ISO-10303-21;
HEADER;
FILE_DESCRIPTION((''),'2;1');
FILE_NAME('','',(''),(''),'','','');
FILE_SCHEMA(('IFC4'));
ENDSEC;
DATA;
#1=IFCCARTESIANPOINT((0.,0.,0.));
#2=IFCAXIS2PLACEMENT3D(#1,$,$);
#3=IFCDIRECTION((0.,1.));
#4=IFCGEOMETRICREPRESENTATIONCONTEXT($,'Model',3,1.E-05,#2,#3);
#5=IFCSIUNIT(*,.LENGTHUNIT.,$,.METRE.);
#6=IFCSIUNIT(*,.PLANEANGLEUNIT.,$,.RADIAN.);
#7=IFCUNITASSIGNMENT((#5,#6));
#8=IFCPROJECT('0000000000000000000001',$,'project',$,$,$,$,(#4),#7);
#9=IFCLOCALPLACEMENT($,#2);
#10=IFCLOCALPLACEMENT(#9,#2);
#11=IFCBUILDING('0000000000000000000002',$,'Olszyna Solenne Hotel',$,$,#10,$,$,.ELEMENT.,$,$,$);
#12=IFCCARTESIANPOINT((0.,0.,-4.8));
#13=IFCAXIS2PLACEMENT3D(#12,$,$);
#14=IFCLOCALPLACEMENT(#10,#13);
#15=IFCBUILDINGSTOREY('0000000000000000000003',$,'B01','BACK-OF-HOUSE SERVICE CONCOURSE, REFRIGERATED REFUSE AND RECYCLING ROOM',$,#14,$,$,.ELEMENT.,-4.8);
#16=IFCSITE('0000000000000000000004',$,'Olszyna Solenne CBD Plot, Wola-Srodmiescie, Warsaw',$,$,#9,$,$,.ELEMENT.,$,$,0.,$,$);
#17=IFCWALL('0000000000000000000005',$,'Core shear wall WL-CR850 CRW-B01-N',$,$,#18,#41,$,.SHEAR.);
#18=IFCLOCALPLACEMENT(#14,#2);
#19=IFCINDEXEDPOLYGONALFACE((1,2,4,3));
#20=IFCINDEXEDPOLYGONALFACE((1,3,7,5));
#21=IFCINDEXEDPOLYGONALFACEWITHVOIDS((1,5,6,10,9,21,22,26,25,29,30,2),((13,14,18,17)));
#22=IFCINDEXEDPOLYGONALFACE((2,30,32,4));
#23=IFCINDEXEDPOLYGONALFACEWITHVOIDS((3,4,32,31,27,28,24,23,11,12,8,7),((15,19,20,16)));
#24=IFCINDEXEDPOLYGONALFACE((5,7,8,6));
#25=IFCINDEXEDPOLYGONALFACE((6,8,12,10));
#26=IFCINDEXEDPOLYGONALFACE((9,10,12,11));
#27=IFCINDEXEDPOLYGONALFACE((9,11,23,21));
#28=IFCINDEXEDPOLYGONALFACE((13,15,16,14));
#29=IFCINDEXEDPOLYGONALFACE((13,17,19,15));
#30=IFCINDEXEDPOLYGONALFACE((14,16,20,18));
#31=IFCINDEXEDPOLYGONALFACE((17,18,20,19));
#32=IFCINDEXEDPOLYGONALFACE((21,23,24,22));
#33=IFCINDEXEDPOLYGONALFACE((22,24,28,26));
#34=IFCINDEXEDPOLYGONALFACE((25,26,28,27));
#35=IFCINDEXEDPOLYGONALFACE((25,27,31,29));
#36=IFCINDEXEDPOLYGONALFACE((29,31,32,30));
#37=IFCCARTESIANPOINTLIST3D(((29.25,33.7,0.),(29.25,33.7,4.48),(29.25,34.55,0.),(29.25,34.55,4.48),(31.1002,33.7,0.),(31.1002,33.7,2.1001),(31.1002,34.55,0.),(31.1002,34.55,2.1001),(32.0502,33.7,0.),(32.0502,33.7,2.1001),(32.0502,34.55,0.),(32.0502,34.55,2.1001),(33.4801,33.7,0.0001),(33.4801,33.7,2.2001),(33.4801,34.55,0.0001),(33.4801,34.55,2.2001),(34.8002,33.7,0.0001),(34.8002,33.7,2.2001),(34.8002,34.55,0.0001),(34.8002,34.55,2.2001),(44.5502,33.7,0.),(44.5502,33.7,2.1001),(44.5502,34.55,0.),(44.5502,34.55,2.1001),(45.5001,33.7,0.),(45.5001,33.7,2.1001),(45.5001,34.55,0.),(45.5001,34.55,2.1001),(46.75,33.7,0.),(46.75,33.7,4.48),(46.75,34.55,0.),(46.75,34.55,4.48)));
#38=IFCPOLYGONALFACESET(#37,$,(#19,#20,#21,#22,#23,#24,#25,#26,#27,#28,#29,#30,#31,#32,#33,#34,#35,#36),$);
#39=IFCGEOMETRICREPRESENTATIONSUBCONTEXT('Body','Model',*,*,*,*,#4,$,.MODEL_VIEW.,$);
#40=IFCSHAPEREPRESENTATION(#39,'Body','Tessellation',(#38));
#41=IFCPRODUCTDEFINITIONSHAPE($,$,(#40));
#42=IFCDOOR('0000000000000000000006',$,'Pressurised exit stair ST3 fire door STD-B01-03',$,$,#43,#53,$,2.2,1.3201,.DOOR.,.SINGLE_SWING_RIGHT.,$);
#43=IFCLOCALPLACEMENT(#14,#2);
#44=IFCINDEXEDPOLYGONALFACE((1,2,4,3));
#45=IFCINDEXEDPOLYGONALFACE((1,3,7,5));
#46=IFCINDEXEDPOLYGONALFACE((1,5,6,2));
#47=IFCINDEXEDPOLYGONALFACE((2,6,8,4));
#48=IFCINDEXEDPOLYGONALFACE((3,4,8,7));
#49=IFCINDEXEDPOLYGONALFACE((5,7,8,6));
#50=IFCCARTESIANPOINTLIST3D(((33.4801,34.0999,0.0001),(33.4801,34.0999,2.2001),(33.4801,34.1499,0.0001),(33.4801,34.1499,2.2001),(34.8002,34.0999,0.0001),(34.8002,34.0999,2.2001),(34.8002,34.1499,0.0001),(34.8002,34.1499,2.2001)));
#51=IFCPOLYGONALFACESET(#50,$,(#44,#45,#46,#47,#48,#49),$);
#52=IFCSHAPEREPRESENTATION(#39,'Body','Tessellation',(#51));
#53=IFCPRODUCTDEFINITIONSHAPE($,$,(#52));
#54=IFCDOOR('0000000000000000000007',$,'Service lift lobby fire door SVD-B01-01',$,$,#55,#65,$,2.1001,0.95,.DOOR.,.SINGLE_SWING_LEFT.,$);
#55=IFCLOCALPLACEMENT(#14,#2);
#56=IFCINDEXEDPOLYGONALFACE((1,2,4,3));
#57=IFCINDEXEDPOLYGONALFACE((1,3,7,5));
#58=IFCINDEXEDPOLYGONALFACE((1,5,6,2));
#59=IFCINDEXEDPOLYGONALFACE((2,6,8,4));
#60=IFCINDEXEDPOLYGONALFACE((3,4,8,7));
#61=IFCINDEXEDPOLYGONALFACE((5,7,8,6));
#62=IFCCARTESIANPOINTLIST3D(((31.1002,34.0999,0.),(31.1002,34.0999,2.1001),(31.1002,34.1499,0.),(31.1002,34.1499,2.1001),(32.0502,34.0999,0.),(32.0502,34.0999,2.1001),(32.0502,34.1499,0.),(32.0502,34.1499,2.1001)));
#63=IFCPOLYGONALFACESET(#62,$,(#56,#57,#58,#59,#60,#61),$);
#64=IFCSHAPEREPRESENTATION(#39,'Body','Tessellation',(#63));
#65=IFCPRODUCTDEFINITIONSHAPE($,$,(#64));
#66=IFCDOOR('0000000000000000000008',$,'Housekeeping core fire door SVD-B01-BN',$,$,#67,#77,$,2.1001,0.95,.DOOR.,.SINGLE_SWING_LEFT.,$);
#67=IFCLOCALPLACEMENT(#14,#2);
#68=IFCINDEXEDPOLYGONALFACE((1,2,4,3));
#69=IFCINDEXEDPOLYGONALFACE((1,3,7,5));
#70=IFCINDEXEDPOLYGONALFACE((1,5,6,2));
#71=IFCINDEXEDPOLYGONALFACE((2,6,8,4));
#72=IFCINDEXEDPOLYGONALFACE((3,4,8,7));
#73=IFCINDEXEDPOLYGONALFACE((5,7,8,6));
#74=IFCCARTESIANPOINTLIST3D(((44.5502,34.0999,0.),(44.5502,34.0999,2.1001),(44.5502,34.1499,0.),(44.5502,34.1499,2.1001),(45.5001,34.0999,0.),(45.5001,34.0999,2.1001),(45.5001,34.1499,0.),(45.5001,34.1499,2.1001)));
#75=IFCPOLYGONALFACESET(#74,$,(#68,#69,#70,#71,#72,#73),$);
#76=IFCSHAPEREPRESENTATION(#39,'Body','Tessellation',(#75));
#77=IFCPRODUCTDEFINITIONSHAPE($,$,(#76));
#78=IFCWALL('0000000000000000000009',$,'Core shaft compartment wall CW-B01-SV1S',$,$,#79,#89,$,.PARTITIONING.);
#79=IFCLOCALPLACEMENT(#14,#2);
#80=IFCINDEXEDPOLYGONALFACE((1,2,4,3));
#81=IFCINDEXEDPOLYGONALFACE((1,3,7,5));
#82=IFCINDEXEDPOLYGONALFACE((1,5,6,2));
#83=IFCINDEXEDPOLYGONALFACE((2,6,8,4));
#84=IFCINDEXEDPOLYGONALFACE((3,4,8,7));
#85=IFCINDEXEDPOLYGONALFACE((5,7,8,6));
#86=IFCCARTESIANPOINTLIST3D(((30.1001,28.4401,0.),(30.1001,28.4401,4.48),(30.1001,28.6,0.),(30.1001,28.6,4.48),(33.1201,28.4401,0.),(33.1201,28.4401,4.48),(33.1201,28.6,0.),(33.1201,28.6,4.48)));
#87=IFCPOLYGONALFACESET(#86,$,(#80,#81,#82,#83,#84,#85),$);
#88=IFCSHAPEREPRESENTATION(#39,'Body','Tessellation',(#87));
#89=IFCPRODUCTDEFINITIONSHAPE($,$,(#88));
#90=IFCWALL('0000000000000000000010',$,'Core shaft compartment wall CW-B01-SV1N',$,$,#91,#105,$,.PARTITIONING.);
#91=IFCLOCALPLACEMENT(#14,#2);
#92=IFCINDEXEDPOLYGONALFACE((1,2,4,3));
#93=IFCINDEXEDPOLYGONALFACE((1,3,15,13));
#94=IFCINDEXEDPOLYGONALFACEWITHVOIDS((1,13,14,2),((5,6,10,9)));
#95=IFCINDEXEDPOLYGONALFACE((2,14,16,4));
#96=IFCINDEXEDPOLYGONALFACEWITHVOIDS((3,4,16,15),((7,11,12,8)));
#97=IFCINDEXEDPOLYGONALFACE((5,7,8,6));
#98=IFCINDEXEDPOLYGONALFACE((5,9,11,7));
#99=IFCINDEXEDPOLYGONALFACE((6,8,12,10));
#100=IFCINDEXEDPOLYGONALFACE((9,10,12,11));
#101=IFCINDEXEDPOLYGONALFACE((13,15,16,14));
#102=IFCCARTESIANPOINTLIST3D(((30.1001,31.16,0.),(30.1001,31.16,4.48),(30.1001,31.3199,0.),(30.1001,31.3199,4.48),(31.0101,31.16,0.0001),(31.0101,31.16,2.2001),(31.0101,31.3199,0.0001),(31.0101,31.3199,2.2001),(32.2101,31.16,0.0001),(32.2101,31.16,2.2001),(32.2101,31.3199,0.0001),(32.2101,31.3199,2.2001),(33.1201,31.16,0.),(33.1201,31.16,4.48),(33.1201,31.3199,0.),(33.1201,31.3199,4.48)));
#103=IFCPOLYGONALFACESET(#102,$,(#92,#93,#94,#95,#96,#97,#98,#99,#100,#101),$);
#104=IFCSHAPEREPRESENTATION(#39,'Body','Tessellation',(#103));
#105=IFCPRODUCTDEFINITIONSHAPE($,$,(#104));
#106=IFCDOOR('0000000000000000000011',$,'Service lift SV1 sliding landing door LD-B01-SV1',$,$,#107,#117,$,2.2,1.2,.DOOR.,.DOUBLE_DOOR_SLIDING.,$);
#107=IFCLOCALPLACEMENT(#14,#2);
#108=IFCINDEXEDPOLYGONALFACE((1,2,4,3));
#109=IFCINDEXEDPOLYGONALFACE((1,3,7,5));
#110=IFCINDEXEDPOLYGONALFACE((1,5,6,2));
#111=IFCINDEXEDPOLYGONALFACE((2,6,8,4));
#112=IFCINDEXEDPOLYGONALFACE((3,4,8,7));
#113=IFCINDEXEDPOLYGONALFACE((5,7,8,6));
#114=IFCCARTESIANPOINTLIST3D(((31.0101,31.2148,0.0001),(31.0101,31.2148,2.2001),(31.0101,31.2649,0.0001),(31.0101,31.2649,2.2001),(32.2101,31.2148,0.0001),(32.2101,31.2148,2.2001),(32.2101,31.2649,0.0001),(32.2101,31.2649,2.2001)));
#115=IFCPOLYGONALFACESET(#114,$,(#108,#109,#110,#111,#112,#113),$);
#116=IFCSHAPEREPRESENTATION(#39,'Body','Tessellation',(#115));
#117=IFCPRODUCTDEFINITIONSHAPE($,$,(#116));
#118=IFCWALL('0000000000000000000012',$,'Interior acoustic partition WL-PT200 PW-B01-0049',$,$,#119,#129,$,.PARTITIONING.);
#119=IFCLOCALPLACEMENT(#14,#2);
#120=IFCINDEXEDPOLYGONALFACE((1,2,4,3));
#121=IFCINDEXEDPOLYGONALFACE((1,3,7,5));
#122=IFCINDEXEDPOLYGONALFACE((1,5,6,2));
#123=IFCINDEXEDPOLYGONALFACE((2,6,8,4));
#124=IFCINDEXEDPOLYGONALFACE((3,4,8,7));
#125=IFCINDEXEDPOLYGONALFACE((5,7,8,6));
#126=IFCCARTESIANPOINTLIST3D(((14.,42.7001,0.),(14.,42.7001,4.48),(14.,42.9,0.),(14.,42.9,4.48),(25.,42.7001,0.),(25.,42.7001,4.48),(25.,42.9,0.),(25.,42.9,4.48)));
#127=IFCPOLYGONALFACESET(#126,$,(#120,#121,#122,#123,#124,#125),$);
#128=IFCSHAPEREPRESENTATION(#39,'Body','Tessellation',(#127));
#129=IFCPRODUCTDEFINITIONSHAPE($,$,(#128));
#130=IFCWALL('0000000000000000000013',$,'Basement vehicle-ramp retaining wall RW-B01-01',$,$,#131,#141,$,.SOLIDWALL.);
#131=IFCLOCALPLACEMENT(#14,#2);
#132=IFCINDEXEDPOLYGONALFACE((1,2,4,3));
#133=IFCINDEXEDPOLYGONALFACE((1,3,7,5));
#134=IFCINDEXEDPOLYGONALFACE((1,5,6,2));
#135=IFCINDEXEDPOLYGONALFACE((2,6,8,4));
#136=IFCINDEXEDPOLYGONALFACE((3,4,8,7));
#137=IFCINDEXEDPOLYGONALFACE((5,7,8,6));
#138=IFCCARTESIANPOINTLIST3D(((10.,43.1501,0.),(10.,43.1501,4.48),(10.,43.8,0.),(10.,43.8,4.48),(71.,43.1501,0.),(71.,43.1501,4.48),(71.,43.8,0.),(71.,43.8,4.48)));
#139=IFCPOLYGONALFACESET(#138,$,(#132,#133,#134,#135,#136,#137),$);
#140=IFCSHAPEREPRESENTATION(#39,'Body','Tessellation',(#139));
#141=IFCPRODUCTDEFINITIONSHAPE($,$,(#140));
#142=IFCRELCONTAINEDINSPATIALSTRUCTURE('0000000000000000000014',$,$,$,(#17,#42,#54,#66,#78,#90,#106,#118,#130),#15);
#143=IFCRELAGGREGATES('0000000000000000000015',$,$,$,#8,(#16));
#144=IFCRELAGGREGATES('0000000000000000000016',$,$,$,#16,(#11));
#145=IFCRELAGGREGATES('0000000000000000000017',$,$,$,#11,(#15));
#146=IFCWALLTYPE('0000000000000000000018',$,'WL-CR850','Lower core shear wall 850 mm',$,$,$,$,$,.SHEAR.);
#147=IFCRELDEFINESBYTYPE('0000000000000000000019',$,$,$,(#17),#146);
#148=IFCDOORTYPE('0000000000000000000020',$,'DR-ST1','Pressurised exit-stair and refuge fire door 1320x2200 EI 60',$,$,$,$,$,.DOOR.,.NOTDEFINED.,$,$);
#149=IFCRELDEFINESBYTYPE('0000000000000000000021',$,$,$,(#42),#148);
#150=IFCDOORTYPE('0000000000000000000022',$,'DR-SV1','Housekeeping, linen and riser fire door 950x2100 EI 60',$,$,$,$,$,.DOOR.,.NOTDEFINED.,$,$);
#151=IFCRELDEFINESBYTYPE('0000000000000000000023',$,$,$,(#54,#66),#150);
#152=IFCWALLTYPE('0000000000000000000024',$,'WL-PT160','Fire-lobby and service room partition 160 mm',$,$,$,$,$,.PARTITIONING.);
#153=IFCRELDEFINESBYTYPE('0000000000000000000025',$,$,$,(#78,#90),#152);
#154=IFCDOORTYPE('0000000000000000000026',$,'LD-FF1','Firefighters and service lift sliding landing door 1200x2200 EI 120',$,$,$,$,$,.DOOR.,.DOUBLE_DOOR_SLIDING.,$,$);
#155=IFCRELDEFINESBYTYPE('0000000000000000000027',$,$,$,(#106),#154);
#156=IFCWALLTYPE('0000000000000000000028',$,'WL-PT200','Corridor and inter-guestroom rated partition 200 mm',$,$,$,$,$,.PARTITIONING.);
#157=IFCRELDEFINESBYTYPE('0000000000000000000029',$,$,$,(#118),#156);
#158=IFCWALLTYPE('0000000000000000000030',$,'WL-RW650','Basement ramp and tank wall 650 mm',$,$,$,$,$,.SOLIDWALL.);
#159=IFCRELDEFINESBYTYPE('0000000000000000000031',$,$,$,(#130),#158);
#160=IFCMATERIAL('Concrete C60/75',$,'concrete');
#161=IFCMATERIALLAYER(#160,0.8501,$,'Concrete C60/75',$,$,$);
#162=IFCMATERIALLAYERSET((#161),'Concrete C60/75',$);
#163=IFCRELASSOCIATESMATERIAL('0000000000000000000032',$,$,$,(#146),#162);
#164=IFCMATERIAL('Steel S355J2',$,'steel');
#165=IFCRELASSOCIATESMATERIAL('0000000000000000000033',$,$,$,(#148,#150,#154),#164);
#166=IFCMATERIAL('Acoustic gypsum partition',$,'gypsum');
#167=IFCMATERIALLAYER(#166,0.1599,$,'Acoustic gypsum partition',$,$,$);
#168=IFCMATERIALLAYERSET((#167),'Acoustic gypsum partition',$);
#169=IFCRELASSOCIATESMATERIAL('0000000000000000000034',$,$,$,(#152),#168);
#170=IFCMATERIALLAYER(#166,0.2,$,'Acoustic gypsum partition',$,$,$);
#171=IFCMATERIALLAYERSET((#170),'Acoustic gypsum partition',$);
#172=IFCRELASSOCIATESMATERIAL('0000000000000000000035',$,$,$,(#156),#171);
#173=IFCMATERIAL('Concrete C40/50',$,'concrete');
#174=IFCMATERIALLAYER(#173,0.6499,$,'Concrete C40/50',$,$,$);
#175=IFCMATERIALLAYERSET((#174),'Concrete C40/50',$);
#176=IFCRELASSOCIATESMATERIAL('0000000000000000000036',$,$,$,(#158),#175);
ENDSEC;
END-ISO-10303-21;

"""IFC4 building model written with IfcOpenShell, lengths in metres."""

from ifc_helpers import new_model, si_unit, direction, frame, frame_2d, origin, place, context, subcontext, project, spatial, rectangle, extrude, source, transform, mapped, material, layer, layer_set, type_object, type_shapes, element, fill, save


model = new_model("IFC4")

# Units and contexts
model_context = context("Model", 3, precision=1e-05, world=origin(), true_north=direction((0.0, 1.0)))
body_context = subcontext(model_context, "Body", "Model", "MODEL_VIEW")
ifc_project = project(units=[si_unit("LENGTHUNIT", "METRE"), si_unit("PLANEANGLEUNIT", "RADIAN")], contexts=[model_context])

# Site, building, storey
site_placement = place(None, origin())
site = spatial("IfcSite", under=ifc_project, at=site_placement, Name="Olszyna Solenne CBD Plot, Wola-Srodmiescie, Warsaw", CompositionType="ELEMENT", RefElevation=0.0)
building_placement = place(site_placement, origin())
building = spatial("IfcBuilding", under=site, at=building_placement, Name="Olszyna Solenne Hotel", CompositionType="ELEMENT")
storey_placement = place(building_placement, frame((0.0, 0.0, -4.8)))
storey = spatial("IfcBuildingStorey", under=building, at=storey_placement, Name="B01", Description="BACK-OF-HOUSE SERVICE CONCOURSE, REFRIGERATED REFUSE AND RECYCLING ROOM", CompositionType="ELEMENT", Elevation=-4.8)

# Shared definitions
ifc_material_1 = material(Name="Concrete C60/75", Category="concrete")

# Shared definitions
ifc_material_2 = material(Name="Steel S355J2", Category="steel")

# Wall, openings, doors
ifc_layer_1 = layer(ifc_material_1, 0.8501, Name="Concrete C60/75")
ifc_layer_set_1 = layer_set([ifc_layer_1], Name="Concrete C60/75")
wall_type_1 = type_object("IfcWallType", Name="WL-CR850", Description="Lower core shear wall 850 mm", PredefinedType="SHEAR", material=ifc_layer_set_1)
wall_1_placement = place(storey_placement, frame((29.25, 34.125, 0.0), z_axis=(0.0, 0.0, 1.0), x_axis=(1.0, 0.0, 0.0)))
wall_1 = element("IfcWall", 1, at=wall_1_placement, inside=storey, type_object=wall_type_1, Name="Core shear wall WL-CR850 CRW-B01-N", PredefinedType="SHEAR", context=body_context, shape_type="SweptSolid", body=[
    extrude(rectangle(XDim=17.5, YDim=0.8501, at=frame_2d((8.75, 0.0))), origin(), (0.0, 0.0, 1.0), 4.48),
])
opening_1_placement = place(wall_1_placement, frame((1.8501, 0.0, 0.0)))
opening_1 = element("IfcOpeningElement", 2, at=opening_1_placement, cuts=wall_1, PredefinedType="OPENING", context=body_context, shape_type="SweptSolid", body=[
    extrude(rectangle(XDim=0.95, YDim=2.1001, at=frame_2d((0.4751, 1.05))), frame((0.0, 0.4351, 0.0), z_axis=(0.0, -1.0, 0.0), x_axis=(1.0, 0.0, 0.0)), (0.0, 0.0, 1.0), 0.8701),
])
opening_2_placement = place(wall_1_placement, frame((4.23, 0.0, 0.0)))
opening_2 = element("IfcOpeningElement", 3, at=opening_2_placement, cuts=wall_1, PredefinedType="OPENING", context=body_context, shape_type="SweptSolid", body=[
    extrude(rectangle(XDim=1.3201, YDim=2.2, at=frame_2d((0.6602, 1.1001))), frame((0.0, 0.4351, 0.0), z_axis=(0.0, -1.0, 0.0), x_axis=(1.0, 0.0, 0.0)), (0.0, 0.0, 1.0), 0.8701),
])
opening_3_placement = place(wall_1_placement, frame((15.3, 0.0, 0.0)))
opening_3 = element("IfcOpeningElement", 4, at=opening_3_placement, cuts=wall_1, PredefinedType="OPENING", context=body_context, shape_type="SweptSolid", body=[
    extrude(rectangle(XDim=0.95, YDim=2.1001, at=frame_2d((0.4751, 1.05))), frame((0.0, 0.4351, 0.0), z_axis=(0.0, -1.0, 0.0), x_axis=(1.0, 0.0, 0.0)), (0.0, 0.0, 1.0), 0.8701),
])
door_type_1 = type_object("IfcDoorType", Name="DR-ST1", Description="Pressurised exit-stair and refuge fire door 1320x2200 EI 60", OperationType="NOTDEFINED", PredefinedType="DOOR", material=ifc_material_2)
shared_shape_1 = source(origin(), body_context, "Body", "SweptSolid", [
    extrude(rectangle(XDim=1.3201, YDim=2.2, at=frame_2d((0.6602, 1.1001))), frame((0.0, 0.0249, 0.0), z_axis=(0.0, -1.0, 0.0), x_axis=(1.0, 0.0, 0.0)), (0.0, 0.0, 1.0), 0.05),
])
type_shapes(door_type_1, [shared_shape_1])
door_1_placement = place(opening_2_placement, origin())
door_1 = element("IfcDoor", 5, at=door_1_placement, inside=storey, type_object=door_type_1, Name="Pressurised exit stair ST3 fire door STD-B01-03", OperationType="SINGLE_SWING_RIGHT", OverallHeight=2.2, OverallWidth=1.3201, PredefinedType="DOOR", context=body_context, shape_type="MappedRepresentation", body=[
    mapped(shared_shape_1, transform((0.0, 0.0, 0.0), x_axis=(1.0, 0.0, 0.0), y_axis=(0.0, 1.0, 0.0), z_axis=(0.0, 0.0, 1.0), scale=1.0)),
])
fill(opening_2, door_1)
door_type_2 = type_object("IfcDoorType", Name="DR-SV1", Description="Housekeeping, linen and riser fire door 950x2100 EI 60", OperationType="NOTDEFINED", PredefinedType="DOOR", material=ifc_material_2)
shared_shape_2 = source(origin(), body_context, "Body", "SweptSolid", [
    extrude(rectangle(XDim=0.95, YDim=2.1001, at=frame_2d((0.4751, 1.05))), frame((0.0, 0.0249, 0.0), z_axis=(0.0, -1.0, 0.0), x_axis=(1.0, 0.0, 0.0)), (0.0, 0.0, 1.0), 0.05),
])
type_shapes(door_type_2, [shared_shape_2])
door_2_placement = place(opening_1_placement, origin())
door_2 = element("IfcDoor", 6, at=door_2_placement, inside=storey, type_object=door_type_2, Name="Service lift lobby fire door SVD-B01-01", OperationType="SINGLE_SWING_LEFT", OverallHeight=2.1001, OverallWidth=0.95, PredefinedType="DOOR", context=body_context, shape_type="MappedRepresentation", body=[
    mapped(shared_shape_2, transform((0.0, 0.0, 0.0), x_axis=(1.0, 0.0, 0.0), y_axis=(0.0, 1.0, 0.0), z_axis=(0.0, 0.0, 1.0), scale=1.0)),
])
fill(opening_1, door_2)
door_3_placement = place(opening_3_placement, origin())
door_3 = element("IfcDoor", 7, at=door_3_placement, inside=storey, type_object=door_type_2, Name="Housekeeping core fire door SVD-B01-BN", OperationType="SINGLE_SWING_LEFT", OverallHeight=2.1001, OverallWidth=0.95, PredefinedType="DOOR", context=body_context, shape_type="MappedRepresentation", body=[
    mapped(shared_shape_2, transform((0.0, 0.0, 0.0), x_axis=(1.0, 0.0, 0.0), y_axis=(0.0, 1.0, 0.0), z_axis=(0.0, 0.0, 1.0), scale=1.0)),
])
fill(opening_3, door_3)

# Wall
ifc_material_3 = material(Name="Acoustic gypsum partition", Category="gypsum")
ifc_layer_2 = layer(ifc_material_3, 0.1599, Name="Acoustic gypsum partition")
ifc_layer_set_2 = layer_set([ifc_layer_2], Name="Acoustic gypsum partition")
wall_type_2 = type_object("IfcWallType", Name="WL-PT160", Description="Fire-lobby and service room partition 160 mm", PredefinedType="PARTITIONING", material=ifc_layer_set_2)
wall_2_placement = place(storey_placement, frame((30.1001, 28.52, 0.0), z_axis=(0.0, 0.0, 1.0), x_axis=(1.0, 0.0, 0.0)))
element("IfcWall", 8, at=wall_2_placement, inside=storey, type_object=wall_type_2, Name="Core shaft compartment wall CW-B01-SV1S", PredefinedType="PARTITIONING", context=body_context, shape_type="SweptSolid", body=[
    extrude(rectangle(XDim=3.02, YDim=0.1599, at=frame_2d((1.51, 0.0))), origin(), (0.0, 0.0, 1.0), 4.48),
])

# Wall, opening, door
wall_3_placement = place(storey_placement, frame((30.1001, 31.24, 0.0), z_axis=(0.0, 0.0, 1.0), x_axis=(1.0, 0.0, 0.0)))
wall_3 = element("IfcWall", 9, at=wall_3_placement, inside=storey, type_object=wall_type_2, Name="Core shaft compartment wall CW-B01-SV1N", PredefinedType="PARTITIONING", context=body_context, shape_type="SweptSolid", body=[
    extrude(rectangle(XDim=3.02, YDim=0.1599, at=frame_2d((1.51, 0.0))), origin(), (0.0, 0.0, 1.0), 4.48),
])
opening_4_placement = place(wall_3_placement, frame((0.9099, 0.0, 0.0)))
opening_4 = element("IfcOpeningElement", 10, at=opening_4_placement, cuts=wall_3, PredefinedType="OPENING", context=body_context, shape_type="SweptSolid", body=[
    extrude(rectangle(XDim=1.2, YDim=2.2, at=frame_2d((0.6001, 1.1001))), frame((0.0, 0.0898, 0.0), z_axis=(0.0, -1.0, 0.0), x_axis=(1.0, 0.0, 0.0)), (0.0, 0.0, 1.0), 0.1799),
])
door_type_3 = type_object("IfcDoorType", Name="LD-FF1", Description="Firefighters and service lift sliding landing door 1200x2200 EI 120", OperationType="DOUBLE_DOOR_SLIDING", PredefinedType="DOOR", material=ifc_material_2)
shared_shape_3 = source(origin(), body_context, "Body", "SweptSolid", [
    extrude(rectangle(XDim=1.2, YDim=2.2, at=frame_2d((0.6001, 1.1001))), frame((0.0, 0.0249, 0.0), z_axis=(0.0, -1.0, 0.0), x_axis=(1.0, 0.0, 0.0)), (0.0, 0.0, 1.0), 0.05),
])
type_shapes(door_type_3, [shared_shape_3])
door_4_placement = place(opening_4_placement, origin())
door_4 = element("IfcDoor", 11, at=door_4_placement, inside=storey, type_object=door_type_3, Name="Service lift SV1 sliding landing door LD-B01-SV1", OperationType="DOUBLE_DOOR_SLIDING", OverallHeight=2.2, OverallWidth=1.2, PredefinedType="DOOR", context=body_context, shape_type="MappedRepresentation", body=[
    mapped(shared_shape_3, transform((0.0, 0.0, 0.0), x_axis=(1.0, 0.0, 0.0), y_axis=(0.0, 1.0, 0.0), z_axis=(0.0, 0.0, 1.0), scale=1.0)),
])
fill(opening_4, door_4)

# Walls
ifc_layer_3 = layer(ifc_material_3, 0.2, Name="Acoustic gypsum partition")
ifc_layer_set_3 = layer_set([ifc_layer_3], Name="Acoustic gypsum partition")
wall_type_3 = type_object("IfcWallType", Name="WL-PT200", Description="Corridor and inter-guestroom rated partition 200 mm", PredefinedType="PARTITIONING", material=ifc_layer_set_3)
wall_4_placement = place(storey_placement, frame((14.0, 42.8, 0.0), z_axis=(0.0, 0.0, 1.0), x_axis=(1.0, 0.0, 0.0)))
element("IfcWall", 12, at=wall_4_placement, inside=storey, type_object=wall_type_3, Name="Interior acoustic partition WL-PT200 PW-B01-0049", PredefinedType="PARTITIONING", context=body_context, shape_type="SweptSolid", body=[
    extrude(rectangle(XDim=11.0, YDim=0.2, at=frame_2d((5.5, 0.0))), origin(), (0.0, 0.0, 1.0), 4.48),
])
ifc_material_4 = material(Name="Concrete C40/50", Category="concrete")
ifc_layer_4 = layer(ifc_material_4, 0.6499, Name="Concrete C40/50")
ifc_layer_set_4 = layer_set([ifc_layer_4], Name="Concrete C40/50")
wall_type_4 = type_object("IfcWallType", Name="WL-RW650", Description="Basement ramp and tank wall 650 mm", PredefinedType="SOLIDWALL", material=ifc_layer_set_4)
wall_5_placement = place(storey_placement, frame((10.0, 43.4751, 0.0), z_axis=(0.0, 0.0, 1.0), x_axis=(1.0, 0.0, 0.0)))
element("IfcWall", 13, at=wall_5_placement, inside=storey, type_object=wall_type_4, Name="Basement vehicle-ramp retaining wall RW-B01-01", PredefinedType="SOLIDWALL", context=body_context, shape_type="SweptSolid", body=[
    extrude(rectangle(XDim=61.0, YDim=0.6499, at=frame_2d((30.5, 0.0))), origin(), (0.0, 0.0, 1.0), 4.48),
])

save(model, "model.ifc")
